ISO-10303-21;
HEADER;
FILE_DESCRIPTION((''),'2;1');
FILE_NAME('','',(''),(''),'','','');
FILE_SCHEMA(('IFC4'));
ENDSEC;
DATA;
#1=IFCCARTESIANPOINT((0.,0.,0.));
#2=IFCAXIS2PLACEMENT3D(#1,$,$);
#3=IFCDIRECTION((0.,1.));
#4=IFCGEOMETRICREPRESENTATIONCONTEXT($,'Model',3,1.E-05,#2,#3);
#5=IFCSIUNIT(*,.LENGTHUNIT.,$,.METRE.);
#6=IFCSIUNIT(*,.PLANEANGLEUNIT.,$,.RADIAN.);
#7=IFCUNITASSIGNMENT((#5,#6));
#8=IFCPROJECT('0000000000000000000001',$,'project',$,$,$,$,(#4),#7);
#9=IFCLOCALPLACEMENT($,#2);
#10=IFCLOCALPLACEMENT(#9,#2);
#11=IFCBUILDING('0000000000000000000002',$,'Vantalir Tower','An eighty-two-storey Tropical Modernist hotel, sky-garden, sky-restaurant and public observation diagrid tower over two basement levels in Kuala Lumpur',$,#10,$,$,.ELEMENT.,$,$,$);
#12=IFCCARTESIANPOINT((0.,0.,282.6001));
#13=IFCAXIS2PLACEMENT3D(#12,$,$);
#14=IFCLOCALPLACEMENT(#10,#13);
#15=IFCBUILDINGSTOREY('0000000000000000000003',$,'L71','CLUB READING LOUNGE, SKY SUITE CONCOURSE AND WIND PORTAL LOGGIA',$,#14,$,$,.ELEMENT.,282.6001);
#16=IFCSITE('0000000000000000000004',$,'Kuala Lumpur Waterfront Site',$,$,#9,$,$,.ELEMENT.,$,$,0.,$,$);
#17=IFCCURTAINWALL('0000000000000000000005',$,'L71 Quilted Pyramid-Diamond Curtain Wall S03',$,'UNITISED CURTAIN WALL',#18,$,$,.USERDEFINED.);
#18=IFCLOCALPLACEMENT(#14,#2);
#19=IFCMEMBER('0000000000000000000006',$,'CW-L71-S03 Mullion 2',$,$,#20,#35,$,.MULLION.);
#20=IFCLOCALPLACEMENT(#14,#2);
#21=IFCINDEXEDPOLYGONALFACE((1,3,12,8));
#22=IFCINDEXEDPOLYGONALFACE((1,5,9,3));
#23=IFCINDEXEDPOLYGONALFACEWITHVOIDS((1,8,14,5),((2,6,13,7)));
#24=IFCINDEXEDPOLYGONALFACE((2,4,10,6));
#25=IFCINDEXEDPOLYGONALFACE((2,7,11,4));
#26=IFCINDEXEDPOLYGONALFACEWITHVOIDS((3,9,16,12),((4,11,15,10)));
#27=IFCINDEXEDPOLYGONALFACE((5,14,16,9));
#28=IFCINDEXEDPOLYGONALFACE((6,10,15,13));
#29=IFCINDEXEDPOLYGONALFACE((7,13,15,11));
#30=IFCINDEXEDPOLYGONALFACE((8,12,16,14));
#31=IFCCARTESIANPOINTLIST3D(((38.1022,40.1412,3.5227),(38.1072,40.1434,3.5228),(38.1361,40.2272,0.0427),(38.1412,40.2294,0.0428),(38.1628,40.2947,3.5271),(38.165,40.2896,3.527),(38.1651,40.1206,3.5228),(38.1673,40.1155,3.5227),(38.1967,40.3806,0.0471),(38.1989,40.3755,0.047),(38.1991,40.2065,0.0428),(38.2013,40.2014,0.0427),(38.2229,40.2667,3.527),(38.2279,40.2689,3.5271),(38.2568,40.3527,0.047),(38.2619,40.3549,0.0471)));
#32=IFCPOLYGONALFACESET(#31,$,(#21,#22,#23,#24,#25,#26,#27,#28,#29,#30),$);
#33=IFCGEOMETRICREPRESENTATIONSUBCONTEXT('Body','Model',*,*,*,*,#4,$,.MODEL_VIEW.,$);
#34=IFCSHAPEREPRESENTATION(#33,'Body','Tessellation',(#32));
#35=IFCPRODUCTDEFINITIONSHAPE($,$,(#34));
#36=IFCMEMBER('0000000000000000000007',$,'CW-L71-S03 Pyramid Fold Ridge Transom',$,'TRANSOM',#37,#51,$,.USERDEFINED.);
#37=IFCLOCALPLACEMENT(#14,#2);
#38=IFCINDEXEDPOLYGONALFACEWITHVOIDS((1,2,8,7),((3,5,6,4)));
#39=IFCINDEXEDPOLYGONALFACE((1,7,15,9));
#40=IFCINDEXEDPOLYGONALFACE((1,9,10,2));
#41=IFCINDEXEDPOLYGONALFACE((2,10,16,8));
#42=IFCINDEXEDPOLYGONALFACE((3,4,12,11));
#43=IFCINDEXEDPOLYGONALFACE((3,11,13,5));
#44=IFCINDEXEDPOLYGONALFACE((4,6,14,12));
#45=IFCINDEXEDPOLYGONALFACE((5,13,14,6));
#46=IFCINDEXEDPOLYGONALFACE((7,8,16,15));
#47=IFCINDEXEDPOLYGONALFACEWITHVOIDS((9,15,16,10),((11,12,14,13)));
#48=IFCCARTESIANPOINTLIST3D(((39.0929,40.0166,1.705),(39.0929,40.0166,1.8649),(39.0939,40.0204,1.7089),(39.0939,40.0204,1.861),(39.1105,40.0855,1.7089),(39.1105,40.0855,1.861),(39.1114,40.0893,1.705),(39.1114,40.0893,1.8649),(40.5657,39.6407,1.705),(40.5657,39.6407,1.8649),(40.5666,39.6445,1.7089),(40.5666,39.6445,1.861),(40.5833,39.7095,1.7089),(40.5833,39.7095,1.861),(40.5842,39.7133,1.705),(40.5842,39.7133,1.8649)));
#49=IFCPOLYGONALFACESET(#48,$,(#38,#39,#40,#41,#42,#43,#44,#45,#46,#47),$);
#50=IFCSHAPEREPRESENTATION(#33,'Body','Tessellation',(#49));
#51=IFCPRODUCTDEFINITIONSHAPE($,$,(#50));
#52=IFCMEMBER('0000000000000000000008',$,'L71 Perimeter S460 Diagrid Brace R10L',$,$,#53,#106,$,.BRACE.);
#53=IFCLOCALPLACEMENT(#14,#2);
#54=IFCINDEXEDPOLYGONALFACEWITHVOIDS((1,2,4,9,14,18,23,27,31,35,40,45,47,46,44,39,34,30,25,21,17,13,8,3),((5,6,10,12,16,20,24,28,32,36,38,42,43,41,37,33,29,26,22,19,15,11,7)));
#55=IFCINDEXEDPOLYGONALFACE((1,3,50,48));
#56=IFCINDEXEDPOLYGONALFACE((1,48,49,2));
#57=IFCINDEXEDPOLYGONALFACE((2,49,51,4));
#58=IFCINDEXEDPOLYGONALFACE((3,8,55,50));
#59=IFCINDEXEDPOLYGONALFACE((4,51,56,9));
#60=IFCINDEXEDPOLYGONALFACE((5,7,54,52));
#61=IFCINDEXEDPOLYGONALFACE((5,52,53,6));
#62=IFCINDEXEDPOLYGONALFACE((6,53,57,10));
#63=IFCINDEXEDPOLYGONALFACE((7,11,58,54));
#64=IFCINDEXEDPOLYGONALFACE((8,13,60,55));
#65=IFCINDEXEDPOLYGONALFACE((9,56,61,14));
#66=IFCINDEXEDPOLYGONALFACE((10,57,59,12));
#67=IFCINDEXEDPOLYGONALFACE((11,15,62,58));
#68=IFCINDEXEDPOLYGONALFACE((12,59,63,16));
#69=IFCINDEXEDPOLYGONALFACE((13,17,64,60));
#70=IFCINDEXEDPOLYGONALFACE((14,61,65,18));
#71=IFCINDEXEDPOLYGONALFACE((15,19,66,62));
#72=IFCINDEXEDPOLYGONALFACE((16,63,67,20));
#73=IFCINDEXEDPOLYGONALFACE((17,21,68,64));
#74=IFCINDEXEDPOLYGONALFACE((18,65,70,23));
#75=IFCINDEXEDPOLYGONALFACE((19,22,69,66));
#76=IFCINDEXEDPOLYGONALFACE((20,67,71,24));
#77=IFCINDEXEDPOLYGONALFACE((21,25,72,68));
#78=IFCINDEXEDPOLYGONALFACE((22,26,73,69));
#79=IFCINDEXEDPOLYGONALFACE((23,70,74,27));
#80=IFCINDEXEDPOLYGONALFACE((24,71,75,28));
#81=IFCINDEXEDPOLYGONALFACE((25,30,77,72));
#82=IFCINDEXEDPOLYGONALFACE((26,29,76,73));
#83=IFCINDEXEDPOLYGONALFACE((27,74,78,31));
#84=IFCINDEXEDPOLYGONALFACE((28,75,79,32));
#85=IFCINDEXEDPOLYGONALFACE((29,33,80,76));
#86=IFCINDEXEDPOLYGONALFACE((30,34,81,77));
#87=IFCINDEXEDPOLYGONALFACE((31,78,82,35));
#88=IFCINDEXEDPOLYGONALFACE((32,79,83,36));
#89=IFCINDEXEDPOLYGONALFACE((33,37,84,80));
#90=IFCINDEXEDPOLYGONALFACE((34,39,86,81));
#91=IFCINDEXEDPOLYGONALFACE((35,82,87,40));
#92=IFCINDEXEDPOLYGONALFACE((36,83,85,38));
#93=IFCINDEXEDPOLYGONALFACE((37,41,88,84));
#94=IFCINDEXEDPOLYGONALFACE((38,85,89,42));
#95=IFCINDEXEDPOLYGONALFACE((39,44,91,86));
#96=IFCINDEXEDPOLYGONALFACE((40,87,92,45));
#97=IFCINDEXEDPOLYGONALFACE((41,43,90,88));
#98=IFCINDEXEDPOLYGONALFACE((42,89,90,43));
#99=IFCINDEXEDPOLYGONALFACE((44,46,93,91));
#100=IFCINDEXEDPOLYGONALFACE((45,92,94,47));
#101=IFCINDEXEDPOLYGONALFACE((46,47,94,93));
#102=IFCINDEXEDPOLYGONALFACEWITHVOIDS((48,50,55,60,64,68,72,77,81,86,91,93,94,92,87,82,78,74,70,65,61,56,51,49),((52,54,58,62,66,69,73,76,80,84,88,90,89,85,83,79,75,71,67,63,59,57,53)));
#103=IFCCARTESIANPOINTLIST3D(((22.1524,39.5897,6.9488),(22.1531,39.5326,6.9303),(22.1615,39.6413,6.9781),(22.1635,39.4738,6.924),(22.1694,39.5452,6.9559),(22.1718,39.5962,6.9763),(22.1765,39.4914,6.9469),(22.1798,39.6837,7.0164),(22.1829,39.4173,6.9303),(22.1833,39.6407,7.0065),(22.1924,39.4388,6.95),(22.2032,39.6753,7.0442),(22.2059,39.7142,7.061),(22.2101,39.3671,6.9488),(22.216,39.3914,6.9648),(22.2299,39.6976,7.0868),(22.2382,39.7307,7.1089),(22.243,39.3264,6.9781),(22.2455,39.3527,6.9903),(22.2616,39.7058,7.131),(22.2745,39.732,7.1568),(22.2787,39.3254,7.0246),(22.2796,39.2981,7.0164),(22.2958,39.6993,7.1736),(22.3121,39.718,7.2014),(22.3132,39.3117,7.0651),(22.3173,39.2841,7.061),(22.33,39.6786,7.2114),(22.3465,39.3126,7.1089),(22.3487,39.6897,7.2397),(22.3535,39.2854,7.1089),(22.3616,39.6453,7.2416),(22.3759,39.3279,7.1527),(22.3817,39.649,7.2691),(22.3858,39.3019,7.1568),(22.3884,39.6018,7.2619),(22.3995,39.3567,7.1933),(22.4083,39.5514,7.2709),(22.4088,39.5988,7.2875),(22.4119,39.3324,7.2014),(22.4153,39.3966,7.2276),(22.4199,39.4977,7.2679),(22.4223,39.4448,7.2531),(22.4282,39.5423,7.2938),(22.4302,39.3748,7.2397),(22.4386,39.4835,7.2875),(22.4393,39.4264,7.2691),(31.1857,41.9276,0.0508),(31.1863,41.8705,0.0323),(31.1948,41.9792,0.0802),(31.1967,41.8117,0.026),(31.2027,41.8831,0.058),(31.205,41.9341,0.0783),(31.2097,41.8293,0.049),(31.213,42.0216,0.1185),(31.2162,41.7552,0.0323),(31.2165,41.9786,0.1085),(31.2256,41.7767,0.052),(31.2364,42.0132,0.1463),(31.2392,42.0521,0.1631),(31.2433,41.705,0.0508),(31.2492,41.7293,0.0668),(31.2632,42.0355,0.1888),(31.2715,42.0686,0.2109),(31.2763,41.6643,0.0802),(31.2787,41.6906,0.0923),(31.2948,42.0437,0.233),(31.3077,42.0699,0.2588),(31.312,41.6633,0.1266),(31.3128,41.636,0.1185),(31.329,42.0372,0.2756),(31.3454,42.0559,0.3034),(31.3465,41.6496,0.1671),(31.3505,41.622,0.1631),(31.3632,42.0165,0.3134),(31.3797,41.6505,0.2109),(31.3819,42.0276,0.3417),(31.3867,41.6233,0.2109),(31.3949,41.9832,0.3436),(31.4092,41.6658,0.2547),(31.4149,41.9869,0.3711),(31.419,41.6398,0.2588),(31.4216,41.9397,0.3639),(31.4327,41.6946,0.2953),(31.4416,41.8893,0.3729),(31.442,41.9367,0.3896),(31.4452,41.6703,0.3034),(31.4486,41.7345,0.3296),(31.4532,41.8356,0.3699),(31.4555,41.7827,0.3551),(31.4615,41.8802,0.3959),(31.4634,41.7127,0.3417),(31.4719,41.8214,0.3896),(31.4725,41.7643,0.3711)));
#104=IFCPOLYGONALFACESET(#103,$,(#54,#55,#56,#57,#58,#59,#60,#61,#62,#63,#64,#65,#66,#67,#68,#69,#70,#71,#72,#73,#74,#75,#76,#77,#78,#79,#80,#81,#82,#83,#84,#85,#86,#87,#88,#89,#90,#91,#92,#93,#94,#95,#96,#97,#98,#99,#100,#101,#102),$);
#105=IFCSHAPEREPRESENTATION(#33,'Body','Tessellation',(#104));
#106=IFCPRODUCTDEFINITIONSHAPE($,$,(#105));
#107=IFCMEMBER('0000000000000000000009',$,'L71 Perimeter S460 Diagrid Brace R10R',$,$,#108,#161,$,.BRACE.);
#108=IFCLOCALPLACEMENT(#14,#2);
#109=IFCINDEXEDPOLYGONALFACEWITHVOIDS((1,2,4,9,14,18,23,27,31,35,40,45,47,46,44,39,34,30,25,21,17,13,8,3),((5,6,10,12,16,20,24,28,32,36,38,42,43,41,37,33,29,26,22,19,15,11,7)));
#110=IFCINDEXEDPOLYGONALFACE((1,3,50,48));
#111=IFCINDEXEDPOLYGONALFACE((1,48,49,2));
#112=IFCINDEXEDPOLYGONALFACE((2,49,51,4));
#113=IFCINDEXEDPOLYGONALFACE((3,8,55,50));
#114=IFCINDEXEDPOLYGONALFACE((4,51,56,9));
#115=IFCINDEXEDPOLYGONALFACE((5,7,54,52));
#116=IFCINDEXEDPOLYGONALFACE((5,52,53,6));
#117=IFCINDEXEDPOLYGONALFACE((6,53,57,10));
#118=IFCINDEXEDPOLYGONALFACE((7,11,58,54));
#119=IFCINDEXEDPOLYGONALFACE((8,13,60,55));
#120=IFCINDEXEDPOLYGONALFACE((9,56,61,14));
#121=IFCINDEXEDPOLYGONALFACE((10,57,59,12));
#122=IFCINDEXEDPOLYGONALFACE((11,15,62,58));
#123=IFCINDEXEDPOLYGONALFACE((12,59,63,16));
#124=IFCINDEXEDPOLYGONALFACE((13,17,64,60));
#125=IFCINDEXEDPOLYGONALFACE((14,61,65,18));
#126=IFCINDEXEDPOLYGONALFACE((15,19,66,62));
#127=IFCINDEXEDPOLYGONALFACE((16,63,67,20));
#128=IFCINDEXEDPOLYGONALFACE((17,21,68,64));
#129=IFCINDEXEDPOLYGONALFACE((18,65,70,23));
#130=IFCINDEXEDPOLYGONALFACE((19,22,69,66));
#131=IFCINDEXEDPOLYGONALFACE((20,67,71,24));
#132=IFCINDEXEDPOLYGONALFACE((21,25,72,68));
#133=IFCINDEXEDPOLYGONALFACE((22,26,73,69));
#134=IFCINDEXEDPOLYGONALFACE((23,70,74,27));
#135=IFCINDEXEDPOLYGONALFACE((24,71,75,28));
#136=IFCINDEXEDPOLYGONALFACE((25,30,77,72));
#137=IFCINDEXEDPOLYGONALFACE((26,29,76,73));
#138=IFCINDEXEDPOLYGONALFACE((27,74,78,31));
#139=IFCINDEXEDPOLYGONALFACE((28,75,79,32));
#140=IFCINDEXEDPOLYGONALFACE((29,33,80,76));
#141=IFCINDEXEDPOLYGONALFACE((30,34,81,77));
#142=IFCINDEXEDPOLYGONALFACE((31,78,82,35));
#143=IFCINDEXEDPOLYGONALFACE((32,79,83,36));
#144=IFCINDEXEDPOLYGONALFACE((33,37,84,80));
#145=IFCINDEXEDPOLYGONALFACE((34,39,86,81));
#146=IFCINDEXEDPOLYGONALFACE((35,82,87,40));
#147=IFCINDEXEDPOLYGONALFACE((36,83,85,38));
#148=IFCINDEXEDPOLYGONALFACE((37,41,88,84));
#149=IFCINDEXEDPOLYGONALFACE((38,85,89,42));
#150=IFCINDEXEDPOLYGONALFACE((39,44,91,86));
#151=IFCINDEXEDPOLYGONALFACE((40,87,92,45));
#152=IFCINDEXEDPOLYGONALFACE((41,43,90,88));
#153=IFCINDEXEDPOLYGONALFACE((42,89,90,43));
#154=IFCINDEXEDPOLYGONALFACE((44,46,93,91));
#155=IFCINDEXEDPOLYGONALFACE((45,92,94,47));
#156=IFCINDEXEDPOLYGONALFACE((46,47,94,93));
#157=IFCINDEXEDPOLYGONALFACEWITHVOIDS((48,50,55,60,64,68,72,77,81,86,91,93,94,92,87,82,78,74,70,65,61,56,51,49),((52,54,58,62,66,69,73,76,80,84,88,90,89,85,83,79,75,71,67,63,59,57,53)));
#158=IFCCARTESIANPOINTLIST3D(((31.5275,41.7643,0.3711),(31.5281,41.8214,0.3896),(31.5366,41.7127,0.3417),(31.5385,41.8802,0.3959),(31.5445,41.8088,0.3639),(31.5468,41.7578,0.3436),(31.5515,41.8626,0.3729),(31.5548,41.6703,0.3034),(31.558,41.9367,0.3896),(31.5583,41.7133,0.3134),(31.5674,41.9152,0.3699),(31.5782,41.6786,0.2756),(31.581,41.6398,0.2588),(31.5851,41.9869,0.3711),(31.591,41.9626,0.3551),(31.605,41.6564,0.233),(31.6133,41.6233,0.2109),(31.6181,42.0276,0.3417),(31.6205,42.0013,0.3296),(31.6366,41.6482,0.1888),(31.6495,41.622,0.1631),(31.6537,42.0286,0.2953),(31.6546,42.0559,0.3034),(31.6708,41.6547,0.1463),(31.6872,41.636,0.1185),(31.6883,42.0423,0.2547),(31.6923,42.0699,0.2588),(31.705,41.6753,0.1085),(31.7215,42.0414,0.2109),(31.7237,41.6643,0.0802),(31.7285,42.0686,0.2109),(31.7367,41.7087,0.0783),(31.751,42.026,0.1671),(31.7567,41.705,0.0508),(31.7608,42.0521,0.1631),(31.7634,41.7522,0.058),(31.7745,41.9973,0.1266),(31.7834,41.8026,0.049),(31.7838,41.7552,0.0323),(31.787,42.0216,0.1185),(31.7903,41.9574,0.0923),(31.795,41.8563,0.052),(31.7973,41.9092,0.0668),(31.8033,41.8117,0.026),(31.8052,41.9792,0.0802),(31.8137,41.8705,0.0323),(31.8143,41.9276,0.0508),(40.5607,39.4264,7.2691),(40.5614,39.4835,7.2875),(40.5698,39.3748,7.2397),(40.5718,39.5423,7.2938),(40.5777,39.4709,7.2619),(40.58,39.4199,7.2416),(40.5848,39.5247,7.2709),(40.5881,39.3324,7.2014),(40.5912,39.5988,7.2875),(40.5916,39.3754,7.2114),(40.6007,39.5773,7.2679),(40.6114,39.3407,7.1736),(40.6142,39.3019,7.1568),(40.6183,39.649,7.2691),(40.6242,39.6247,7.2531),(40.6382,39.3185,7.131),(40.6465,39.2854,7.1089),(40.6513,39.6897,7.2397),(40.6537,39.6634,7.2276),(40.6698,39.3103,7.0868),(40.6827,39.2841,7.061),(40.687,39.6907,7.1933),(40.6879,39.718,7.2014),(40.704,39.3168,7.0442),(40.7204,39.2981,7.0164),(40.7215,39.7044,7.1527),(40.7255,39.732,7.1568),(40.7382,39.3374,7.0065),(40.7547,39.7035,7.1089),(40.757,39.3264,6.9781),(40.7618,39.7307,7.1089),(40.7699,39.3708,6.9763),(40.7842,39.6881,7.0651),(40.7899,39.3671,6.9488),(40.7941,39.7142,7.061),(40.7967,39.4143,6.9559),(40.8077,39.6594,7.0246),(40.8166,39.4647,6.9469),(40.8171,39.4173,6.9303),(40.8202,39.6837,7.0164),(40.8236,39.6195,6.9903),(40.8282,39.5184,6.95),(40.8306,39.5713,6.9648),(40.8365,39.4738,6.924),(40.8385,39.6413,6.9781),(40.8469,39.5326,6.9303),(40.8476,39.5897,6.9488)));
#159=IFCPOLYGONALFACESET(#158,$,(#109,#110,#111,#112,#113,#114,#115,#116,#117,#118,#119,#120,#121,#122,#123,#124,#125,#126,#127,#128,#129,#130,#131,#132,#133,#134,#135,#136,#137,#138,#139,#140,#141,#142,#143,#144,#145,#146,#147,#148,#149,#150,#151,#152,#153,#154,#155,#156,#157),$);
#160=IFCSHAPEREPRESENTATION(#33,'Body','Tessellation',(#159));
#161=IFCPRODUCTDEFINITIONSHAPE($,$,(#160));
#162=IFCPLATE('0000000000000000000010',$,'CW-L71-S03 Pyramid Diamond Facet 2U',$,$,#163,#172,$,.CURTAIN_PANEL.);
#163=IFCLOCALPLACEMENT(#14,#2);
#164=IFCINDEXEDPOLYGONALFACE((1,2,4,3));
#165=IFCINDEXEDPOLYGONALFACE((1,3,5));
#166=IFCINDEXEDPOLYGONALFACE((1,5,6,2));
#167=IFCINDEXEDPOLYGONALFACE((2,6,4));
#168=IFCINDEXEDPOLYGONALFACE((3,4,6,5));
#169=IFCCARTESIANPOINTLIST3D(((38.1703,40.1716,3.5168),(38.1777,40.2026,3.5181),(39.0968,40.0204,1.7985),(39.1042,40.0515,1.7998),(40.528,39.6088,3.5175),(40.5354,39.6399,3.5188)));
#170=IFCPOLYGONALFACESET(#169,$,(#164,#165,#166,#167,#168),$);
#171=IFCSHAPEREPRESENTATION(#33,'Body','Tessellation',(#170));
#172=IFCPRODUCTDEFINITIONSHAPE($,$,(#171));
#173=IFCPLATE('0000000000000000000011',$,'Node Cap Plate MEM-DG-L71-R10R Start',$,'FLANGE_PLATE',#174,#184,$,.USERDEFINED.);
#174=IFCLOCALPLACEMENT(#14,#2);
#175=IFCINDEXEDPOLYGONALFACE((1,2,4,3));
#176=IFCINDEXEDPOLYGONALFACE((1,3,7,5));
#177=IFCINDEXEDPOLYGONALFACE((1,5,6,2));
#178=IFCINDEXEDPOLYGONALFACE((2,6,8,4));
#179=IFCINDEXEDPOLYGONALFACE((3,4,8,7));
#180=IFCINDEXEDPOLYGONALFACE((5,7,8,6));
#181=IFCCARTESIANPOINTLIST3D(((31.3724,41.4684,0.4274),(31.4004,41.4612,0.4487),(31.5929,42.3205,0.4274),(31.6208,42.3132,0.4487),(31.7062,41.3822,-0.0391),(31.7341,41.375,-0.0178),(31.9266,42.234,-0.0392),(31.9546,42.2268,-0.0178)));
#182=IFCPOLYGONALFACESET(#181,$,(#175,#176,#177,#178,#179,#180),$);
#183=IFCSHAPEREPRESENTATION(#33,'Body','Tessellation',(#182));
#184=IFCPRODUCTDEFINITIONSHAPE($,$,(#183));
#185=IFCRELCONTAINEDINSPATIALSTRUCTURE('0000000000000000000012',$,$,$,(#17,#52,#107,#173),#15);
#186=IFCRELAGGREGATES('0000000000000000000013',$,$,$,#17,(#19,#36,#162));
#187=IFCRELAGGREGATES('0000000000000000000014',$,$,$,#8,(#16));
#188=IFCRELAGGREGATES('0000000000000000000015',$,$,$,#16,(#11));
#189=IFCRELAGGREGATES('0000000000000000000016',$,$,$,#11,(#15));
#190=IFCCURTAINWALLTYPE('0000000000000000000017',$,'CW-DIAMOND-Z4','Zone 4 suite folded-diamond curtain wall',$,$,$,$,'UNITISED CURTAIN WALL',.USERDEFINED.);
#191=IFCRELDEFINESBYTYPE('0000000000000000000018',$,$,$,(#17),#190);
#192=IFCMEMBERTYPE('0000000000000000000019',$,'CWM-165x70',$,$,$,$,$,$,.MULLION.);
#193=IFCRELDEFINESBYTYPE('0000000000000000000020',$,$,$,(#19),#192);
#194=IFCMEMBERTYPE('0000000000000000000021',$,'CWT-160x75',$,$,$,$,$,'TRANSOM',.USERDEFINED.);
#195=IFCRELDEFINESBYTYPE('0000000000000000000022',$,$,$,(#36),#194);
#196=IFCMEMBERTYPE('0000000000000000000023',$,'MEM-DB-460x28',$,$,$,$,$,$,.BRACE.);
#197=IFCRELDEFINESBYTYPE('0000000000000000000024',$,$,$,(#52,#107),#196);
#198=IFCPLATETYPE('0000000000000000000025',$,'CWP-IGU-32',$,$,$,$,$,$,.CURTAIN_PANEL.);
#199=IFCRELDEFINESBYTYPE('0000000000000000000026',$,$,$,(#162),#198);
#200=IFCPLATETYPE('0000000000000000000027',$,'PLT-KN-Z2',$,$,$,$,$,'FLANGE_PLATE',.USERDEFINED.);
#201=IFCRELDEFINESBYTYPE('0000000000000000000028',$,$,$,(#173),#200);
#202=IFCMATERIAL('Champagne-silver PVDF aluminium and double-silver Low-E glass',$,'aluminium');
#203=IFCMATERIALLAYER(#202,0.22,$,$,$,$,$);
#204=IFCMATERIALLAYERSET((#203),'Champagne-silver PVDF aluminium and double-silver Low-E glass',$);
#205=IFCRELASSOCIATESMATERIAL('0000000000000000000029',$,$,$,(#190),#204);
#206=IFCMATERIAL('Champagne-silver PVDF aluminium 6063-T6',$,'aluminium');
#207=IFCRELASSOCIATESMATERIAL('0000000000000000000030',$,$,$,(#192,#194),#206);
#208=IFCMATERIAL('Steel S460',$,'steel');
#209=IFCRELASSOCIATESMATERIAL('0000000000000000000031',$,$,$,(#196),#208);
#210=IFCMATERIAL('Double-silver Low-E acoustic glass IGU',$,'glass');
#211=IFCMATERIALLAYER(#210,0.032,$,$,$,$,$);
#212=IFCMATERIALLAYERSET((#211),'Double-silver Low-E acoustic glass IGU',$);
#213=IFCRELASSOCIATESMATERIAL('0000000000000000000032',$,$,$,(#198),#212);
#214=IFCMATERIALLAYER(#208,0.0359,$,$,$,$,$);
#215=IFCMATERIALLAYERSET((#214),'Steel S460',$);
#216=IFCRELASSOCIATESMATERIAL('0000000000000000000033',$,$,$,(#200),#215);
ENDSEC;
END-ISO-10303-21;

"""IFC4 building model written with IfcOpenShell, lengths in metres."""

from ifc_helpers import new_model, si_unit, direction, frame, origin, origin_2d, place, context, subcontext, project, spatial, polyline, hollow_rectangle, hollow_circle, outline, extrude, material, layer, layer_set, material_profile, profile_set, type_object, element, aggregate, save


model = new_model("IFC4")

# Units and contexts
model_context = context("Model", 3, precision=1e-05, world=origin(), true_north=direction((0.0, 1.0)))
body_context = subcontext(model_context, "Body", "Model", "MODEL_VIEW")
ifc_project = project(units=[si_unit("LENGTHUNIT", "METRE"), si_unit("PLANEANGLEUNIT", "RADIAN")], contexts=[model_context])

# Site, building, storey
site_placement = place(None, origin())
site = spatial("IfcSite", under=ifc_project, at=site_placement, Name="Kuala Lumpur Waterfront Site", CompositionType="ELEMENT", RefElevation=0.0)
building_placement = place(site_placement, origin())
building = spatial("IfcBuilding", under=site, at=building_placement, Name="Vantalir Tower", Description="An eighty-two-storey Tropical Modernist hotel, sky-garden, sky-restaurant and public observation diagrid tower over two basement levels in Kuala Lumpur", CompositionType="ELEMENT")
storey_placement = place(building_placement, frame((0.0, 0.0, 282.6001)))
storey = spatial("IfcBuildingStorey", under=building, at=storey_placement, Name="L71", Description="CLUB READING LOUNGE, SKY SUITE CONCOURSE AND WIND PORTAL LOGGIA", CompositionType="ELEMENT", Elevation=282.6001)

# Shared definitions
ifc_material_1 = material(Name="Steel S460", Category="steel")

# Curtain wall, members
ifc_material_2 = material(Name="Champagne-silver PVDF aluminium and double-silver Low-E glass", Category="aluminium")
ifc_layer_1 = layer(ifc_material_2, 0.22)
ifc_layer_set_1 = layer_set([ifc_layer_1], Name="Champagne-silver PVDF aluminium and double-silver Low-E glass")
curtain_wall_type = type_object("IfcCurtainWallType", Name="CW-DIAMOND-Z4", Description="Zone 4 suite folded-diamond curtain wall", ElementType="UNITISED CURTAIN WALL", PredefinedType="USERDEFINED", material=ifc_layer_set_1)
curtain_wall_placement = place(storey_placement, origin())
curtain_wall = element("IfcCurtainWall", 1, at=curtain_wall_placement, inside=storey, type_object=curtain_wall_type, Name="L71 Quilted Pyramid-Diamond Curtain Wall S03", ObjectType="UNITISED CURTAIN WALL", PredefinedType="USERDEFINED")
ifc_material_3 = material(Name="Champagne-silver PVDF aluminium 6063-T6", Category="aluminium")
ifc_material_profile_1 = material_profile(ifc_material_3, hollow_rectangle(XDim=0.0701, YDim=0.165, WallThickness=0.0039, at=origin_2d()), Name="Champagne-silver PVDF aluminium 6063-T6")
ifc_profile_set_1 = profile_set([ifc_material_profile_1], Name="Champagne-silver PVDF aluminium 6063-T6")
member_type_1 = type_object("IfcMemberType", Name="CWM-165x70", PredefinedType="MULLION", material=ifc_profile_set_1)
member_1_placement = place(storey_placement, frame((38.199, 40.291, 0.0449), z_axis=(-0.009748, -0.024686, 0.999648), x_axis=(0.930108, -0.367287, 0.0)))
member_1 = element("IfcMember", 2, at=member_1_placement, type_object=member_type_1, Name="CW-L71-S03 Mullion 2", PredefinedType="MULLION", context=body_context, shape_type="SweptSolid", body=[
    extrude(hollow_rectangle(XDim=0.0701, YDim=0.165, WallThickness=0.0039, at=origin_2d()), origin(), (0.0, 0.0, 1.0), 3.4812),
])
ifc_material_profile_2 = material_profile(ifc_material_3, hollow_rectangle(XDim=0.075, YDim=0.1599, WallThickness=0.0039, at=origin_2d()), Name="Champagne-silver PVDF aluminium 6063-T6")
ifc_profile_set_2 = profile_set([ifc_material_profile_2], Name="Champagne-silver PVDF aluminium 6063-T6")
member_type_2 = type_object("IfcMemberType", Name="CWT-160x75", ElementType="TRANSOM", PredefinedType="USERDEFINED", material=ifc_profile_set_2)
member_2_placement = place(storey_placement, frame((40.575, 39.677, 1.7849), z_axis=(-0.968931, 0.247332, 0.0), x_axis=(-0.247332, -0.968931, 0.0)))
member_2 = element("IfcMember", 3, at=member_2_placement, type_object=member_type_2, Name="CW-L71-S03 Pyramid Fold Ridge Transom", ObjectType="TRANSOM", PredefinedType="USERDEFINED", context=body_context, shape_type="SweptSolid", body=[
    extrude(hollow_rectangle(XDim=0.075, YDim=0.1599, WallThickness=0.0039, at=origin_2d()), origin(), (0.0, 0.0, 1.0), 1.52),
])

# Members
ifc_material_profile_3 = material_profile(ifc_material_1, hollow_circle(Radius=0.23, WallThickness=0.0281, at=origin_2d()), Name="Steel S460")
ifc_profile_set_3 = profile_set([ifc_material_profile_3], Name="Steel S460")
member_type_3 = type_object("IfcMemberType", Name="MEM-DB-460x28", PredefinedType="BRACE", material=ifc_profile_set_3)
for number, where, z_axis, x_axis, name in (
    (4, (31.3291, 41.8459, 0.2109), (-0.778475, -0.201478, 0.59446), (0.250555, -0.968102, 0.0), "L71 Perimeter S460 Diagrid Brace R10L"),
    (5, (31.6709, 41.8459, 0.2109), (0.778475, -0.201478, 0.59446), (0.250555, 0.968102, 0.0), "L71 Perimeter S460 Diagrid Brace R10R"),
):
    element("IfcMember", number, at=place(storey_placement, frame(where, z_axis=z_axis, x_axis=x_axis)), inside=storey, type_object=member_type_3, Name=name, PredefinedType="BRACE", context=body_context, shape_type="SweptSolid", body=[
        extrude(hollow_circle(Radius=0.23, WallThickness=0.0281, at=origin_2d()), origin(), (0.0, 0.0, 1.0), 11.6038),
    ])

# Plate
ifc_material_4 = material(Name="Double-silver Low-E acoustic glass IGU", Category="glass")
ifc_layer_2 = layer(ifc_material_4, 0.032)
ifc_layer_set_2 = layer_set([ifc_layer_2], Name="Double-silver Low-E acoustic glass IGU")
plate_type_1 = type_object("IfcPlateType", Name="CWP-IGU-32", PredefinedType="CURTAIN_PANEL", material=ifc_layer_set_2)
plate_1_placement = place(storey_placement, frame((38.1777, 40.2026, 3.5181), z_axis=(0.231971, 0.971916, 0.039602), x_axis=(0.972676, -0.232165, 0.000302)))
plate_1 = element("IfcPlate", 6, at=plate_1_placement, type_object=plate_type_1, Name="CW-L71-S03 Pyramid Diamond Facet 2U", PredefinedType="CURTAIN_PANEL", context=body_context, shape_type="SweptSolid", body=[
    extrude(outline(polyline([(0.0, 0.0), (2.4239, 0.0), (0.9358, 1.7199), (0.0, 0.0)])), origin(), (0.0, 0.0, -1.0), 0.032),
])
aggregate(curtain_wall, [member_1, member_2, plate_1])

# Plate
ifc_layer_3 = layer(ifc_material_1, 0.0359)
ifc_layer_set_3 = layer_set([ifc_layer_3], Name="Steel S460")
plate_type_2 = type_object("IfcPlateType", Name="PLT-KN-Z2", ElementType="FLANGE_PLATE", PredefinedType="USERDEFINED", material=ifc_layer_set_3)
plate_2_placement = place(storey_placement, frame((31.7341, 41.375, -0.0178), z_axis=(0.778631, -0.201491, 0.594252), x_axis=(0.250536, 0.968107, -0.000017)))
element("IfcPlate", 7, at=plate_2_placement, inside=storey, type_object=plate_type_2, Name="Node Cap Plate MEM-DG-L71-R10R Start", ObjectType="FLANGE_PLATE", PredefinedType="USERDEFINED", context=body_context, shape_type="SweptSolid", body=[
    extrude(outline(polyline([(0.0, 0.0), (0.8799, 0.0), (0.8799, 0.5801), (-0.0002, 0.5801), (0.0, 0.0)])), origin(), (0.0, 0.0, -1.0), 0.0359),
])

save(model, "model.ifc")
